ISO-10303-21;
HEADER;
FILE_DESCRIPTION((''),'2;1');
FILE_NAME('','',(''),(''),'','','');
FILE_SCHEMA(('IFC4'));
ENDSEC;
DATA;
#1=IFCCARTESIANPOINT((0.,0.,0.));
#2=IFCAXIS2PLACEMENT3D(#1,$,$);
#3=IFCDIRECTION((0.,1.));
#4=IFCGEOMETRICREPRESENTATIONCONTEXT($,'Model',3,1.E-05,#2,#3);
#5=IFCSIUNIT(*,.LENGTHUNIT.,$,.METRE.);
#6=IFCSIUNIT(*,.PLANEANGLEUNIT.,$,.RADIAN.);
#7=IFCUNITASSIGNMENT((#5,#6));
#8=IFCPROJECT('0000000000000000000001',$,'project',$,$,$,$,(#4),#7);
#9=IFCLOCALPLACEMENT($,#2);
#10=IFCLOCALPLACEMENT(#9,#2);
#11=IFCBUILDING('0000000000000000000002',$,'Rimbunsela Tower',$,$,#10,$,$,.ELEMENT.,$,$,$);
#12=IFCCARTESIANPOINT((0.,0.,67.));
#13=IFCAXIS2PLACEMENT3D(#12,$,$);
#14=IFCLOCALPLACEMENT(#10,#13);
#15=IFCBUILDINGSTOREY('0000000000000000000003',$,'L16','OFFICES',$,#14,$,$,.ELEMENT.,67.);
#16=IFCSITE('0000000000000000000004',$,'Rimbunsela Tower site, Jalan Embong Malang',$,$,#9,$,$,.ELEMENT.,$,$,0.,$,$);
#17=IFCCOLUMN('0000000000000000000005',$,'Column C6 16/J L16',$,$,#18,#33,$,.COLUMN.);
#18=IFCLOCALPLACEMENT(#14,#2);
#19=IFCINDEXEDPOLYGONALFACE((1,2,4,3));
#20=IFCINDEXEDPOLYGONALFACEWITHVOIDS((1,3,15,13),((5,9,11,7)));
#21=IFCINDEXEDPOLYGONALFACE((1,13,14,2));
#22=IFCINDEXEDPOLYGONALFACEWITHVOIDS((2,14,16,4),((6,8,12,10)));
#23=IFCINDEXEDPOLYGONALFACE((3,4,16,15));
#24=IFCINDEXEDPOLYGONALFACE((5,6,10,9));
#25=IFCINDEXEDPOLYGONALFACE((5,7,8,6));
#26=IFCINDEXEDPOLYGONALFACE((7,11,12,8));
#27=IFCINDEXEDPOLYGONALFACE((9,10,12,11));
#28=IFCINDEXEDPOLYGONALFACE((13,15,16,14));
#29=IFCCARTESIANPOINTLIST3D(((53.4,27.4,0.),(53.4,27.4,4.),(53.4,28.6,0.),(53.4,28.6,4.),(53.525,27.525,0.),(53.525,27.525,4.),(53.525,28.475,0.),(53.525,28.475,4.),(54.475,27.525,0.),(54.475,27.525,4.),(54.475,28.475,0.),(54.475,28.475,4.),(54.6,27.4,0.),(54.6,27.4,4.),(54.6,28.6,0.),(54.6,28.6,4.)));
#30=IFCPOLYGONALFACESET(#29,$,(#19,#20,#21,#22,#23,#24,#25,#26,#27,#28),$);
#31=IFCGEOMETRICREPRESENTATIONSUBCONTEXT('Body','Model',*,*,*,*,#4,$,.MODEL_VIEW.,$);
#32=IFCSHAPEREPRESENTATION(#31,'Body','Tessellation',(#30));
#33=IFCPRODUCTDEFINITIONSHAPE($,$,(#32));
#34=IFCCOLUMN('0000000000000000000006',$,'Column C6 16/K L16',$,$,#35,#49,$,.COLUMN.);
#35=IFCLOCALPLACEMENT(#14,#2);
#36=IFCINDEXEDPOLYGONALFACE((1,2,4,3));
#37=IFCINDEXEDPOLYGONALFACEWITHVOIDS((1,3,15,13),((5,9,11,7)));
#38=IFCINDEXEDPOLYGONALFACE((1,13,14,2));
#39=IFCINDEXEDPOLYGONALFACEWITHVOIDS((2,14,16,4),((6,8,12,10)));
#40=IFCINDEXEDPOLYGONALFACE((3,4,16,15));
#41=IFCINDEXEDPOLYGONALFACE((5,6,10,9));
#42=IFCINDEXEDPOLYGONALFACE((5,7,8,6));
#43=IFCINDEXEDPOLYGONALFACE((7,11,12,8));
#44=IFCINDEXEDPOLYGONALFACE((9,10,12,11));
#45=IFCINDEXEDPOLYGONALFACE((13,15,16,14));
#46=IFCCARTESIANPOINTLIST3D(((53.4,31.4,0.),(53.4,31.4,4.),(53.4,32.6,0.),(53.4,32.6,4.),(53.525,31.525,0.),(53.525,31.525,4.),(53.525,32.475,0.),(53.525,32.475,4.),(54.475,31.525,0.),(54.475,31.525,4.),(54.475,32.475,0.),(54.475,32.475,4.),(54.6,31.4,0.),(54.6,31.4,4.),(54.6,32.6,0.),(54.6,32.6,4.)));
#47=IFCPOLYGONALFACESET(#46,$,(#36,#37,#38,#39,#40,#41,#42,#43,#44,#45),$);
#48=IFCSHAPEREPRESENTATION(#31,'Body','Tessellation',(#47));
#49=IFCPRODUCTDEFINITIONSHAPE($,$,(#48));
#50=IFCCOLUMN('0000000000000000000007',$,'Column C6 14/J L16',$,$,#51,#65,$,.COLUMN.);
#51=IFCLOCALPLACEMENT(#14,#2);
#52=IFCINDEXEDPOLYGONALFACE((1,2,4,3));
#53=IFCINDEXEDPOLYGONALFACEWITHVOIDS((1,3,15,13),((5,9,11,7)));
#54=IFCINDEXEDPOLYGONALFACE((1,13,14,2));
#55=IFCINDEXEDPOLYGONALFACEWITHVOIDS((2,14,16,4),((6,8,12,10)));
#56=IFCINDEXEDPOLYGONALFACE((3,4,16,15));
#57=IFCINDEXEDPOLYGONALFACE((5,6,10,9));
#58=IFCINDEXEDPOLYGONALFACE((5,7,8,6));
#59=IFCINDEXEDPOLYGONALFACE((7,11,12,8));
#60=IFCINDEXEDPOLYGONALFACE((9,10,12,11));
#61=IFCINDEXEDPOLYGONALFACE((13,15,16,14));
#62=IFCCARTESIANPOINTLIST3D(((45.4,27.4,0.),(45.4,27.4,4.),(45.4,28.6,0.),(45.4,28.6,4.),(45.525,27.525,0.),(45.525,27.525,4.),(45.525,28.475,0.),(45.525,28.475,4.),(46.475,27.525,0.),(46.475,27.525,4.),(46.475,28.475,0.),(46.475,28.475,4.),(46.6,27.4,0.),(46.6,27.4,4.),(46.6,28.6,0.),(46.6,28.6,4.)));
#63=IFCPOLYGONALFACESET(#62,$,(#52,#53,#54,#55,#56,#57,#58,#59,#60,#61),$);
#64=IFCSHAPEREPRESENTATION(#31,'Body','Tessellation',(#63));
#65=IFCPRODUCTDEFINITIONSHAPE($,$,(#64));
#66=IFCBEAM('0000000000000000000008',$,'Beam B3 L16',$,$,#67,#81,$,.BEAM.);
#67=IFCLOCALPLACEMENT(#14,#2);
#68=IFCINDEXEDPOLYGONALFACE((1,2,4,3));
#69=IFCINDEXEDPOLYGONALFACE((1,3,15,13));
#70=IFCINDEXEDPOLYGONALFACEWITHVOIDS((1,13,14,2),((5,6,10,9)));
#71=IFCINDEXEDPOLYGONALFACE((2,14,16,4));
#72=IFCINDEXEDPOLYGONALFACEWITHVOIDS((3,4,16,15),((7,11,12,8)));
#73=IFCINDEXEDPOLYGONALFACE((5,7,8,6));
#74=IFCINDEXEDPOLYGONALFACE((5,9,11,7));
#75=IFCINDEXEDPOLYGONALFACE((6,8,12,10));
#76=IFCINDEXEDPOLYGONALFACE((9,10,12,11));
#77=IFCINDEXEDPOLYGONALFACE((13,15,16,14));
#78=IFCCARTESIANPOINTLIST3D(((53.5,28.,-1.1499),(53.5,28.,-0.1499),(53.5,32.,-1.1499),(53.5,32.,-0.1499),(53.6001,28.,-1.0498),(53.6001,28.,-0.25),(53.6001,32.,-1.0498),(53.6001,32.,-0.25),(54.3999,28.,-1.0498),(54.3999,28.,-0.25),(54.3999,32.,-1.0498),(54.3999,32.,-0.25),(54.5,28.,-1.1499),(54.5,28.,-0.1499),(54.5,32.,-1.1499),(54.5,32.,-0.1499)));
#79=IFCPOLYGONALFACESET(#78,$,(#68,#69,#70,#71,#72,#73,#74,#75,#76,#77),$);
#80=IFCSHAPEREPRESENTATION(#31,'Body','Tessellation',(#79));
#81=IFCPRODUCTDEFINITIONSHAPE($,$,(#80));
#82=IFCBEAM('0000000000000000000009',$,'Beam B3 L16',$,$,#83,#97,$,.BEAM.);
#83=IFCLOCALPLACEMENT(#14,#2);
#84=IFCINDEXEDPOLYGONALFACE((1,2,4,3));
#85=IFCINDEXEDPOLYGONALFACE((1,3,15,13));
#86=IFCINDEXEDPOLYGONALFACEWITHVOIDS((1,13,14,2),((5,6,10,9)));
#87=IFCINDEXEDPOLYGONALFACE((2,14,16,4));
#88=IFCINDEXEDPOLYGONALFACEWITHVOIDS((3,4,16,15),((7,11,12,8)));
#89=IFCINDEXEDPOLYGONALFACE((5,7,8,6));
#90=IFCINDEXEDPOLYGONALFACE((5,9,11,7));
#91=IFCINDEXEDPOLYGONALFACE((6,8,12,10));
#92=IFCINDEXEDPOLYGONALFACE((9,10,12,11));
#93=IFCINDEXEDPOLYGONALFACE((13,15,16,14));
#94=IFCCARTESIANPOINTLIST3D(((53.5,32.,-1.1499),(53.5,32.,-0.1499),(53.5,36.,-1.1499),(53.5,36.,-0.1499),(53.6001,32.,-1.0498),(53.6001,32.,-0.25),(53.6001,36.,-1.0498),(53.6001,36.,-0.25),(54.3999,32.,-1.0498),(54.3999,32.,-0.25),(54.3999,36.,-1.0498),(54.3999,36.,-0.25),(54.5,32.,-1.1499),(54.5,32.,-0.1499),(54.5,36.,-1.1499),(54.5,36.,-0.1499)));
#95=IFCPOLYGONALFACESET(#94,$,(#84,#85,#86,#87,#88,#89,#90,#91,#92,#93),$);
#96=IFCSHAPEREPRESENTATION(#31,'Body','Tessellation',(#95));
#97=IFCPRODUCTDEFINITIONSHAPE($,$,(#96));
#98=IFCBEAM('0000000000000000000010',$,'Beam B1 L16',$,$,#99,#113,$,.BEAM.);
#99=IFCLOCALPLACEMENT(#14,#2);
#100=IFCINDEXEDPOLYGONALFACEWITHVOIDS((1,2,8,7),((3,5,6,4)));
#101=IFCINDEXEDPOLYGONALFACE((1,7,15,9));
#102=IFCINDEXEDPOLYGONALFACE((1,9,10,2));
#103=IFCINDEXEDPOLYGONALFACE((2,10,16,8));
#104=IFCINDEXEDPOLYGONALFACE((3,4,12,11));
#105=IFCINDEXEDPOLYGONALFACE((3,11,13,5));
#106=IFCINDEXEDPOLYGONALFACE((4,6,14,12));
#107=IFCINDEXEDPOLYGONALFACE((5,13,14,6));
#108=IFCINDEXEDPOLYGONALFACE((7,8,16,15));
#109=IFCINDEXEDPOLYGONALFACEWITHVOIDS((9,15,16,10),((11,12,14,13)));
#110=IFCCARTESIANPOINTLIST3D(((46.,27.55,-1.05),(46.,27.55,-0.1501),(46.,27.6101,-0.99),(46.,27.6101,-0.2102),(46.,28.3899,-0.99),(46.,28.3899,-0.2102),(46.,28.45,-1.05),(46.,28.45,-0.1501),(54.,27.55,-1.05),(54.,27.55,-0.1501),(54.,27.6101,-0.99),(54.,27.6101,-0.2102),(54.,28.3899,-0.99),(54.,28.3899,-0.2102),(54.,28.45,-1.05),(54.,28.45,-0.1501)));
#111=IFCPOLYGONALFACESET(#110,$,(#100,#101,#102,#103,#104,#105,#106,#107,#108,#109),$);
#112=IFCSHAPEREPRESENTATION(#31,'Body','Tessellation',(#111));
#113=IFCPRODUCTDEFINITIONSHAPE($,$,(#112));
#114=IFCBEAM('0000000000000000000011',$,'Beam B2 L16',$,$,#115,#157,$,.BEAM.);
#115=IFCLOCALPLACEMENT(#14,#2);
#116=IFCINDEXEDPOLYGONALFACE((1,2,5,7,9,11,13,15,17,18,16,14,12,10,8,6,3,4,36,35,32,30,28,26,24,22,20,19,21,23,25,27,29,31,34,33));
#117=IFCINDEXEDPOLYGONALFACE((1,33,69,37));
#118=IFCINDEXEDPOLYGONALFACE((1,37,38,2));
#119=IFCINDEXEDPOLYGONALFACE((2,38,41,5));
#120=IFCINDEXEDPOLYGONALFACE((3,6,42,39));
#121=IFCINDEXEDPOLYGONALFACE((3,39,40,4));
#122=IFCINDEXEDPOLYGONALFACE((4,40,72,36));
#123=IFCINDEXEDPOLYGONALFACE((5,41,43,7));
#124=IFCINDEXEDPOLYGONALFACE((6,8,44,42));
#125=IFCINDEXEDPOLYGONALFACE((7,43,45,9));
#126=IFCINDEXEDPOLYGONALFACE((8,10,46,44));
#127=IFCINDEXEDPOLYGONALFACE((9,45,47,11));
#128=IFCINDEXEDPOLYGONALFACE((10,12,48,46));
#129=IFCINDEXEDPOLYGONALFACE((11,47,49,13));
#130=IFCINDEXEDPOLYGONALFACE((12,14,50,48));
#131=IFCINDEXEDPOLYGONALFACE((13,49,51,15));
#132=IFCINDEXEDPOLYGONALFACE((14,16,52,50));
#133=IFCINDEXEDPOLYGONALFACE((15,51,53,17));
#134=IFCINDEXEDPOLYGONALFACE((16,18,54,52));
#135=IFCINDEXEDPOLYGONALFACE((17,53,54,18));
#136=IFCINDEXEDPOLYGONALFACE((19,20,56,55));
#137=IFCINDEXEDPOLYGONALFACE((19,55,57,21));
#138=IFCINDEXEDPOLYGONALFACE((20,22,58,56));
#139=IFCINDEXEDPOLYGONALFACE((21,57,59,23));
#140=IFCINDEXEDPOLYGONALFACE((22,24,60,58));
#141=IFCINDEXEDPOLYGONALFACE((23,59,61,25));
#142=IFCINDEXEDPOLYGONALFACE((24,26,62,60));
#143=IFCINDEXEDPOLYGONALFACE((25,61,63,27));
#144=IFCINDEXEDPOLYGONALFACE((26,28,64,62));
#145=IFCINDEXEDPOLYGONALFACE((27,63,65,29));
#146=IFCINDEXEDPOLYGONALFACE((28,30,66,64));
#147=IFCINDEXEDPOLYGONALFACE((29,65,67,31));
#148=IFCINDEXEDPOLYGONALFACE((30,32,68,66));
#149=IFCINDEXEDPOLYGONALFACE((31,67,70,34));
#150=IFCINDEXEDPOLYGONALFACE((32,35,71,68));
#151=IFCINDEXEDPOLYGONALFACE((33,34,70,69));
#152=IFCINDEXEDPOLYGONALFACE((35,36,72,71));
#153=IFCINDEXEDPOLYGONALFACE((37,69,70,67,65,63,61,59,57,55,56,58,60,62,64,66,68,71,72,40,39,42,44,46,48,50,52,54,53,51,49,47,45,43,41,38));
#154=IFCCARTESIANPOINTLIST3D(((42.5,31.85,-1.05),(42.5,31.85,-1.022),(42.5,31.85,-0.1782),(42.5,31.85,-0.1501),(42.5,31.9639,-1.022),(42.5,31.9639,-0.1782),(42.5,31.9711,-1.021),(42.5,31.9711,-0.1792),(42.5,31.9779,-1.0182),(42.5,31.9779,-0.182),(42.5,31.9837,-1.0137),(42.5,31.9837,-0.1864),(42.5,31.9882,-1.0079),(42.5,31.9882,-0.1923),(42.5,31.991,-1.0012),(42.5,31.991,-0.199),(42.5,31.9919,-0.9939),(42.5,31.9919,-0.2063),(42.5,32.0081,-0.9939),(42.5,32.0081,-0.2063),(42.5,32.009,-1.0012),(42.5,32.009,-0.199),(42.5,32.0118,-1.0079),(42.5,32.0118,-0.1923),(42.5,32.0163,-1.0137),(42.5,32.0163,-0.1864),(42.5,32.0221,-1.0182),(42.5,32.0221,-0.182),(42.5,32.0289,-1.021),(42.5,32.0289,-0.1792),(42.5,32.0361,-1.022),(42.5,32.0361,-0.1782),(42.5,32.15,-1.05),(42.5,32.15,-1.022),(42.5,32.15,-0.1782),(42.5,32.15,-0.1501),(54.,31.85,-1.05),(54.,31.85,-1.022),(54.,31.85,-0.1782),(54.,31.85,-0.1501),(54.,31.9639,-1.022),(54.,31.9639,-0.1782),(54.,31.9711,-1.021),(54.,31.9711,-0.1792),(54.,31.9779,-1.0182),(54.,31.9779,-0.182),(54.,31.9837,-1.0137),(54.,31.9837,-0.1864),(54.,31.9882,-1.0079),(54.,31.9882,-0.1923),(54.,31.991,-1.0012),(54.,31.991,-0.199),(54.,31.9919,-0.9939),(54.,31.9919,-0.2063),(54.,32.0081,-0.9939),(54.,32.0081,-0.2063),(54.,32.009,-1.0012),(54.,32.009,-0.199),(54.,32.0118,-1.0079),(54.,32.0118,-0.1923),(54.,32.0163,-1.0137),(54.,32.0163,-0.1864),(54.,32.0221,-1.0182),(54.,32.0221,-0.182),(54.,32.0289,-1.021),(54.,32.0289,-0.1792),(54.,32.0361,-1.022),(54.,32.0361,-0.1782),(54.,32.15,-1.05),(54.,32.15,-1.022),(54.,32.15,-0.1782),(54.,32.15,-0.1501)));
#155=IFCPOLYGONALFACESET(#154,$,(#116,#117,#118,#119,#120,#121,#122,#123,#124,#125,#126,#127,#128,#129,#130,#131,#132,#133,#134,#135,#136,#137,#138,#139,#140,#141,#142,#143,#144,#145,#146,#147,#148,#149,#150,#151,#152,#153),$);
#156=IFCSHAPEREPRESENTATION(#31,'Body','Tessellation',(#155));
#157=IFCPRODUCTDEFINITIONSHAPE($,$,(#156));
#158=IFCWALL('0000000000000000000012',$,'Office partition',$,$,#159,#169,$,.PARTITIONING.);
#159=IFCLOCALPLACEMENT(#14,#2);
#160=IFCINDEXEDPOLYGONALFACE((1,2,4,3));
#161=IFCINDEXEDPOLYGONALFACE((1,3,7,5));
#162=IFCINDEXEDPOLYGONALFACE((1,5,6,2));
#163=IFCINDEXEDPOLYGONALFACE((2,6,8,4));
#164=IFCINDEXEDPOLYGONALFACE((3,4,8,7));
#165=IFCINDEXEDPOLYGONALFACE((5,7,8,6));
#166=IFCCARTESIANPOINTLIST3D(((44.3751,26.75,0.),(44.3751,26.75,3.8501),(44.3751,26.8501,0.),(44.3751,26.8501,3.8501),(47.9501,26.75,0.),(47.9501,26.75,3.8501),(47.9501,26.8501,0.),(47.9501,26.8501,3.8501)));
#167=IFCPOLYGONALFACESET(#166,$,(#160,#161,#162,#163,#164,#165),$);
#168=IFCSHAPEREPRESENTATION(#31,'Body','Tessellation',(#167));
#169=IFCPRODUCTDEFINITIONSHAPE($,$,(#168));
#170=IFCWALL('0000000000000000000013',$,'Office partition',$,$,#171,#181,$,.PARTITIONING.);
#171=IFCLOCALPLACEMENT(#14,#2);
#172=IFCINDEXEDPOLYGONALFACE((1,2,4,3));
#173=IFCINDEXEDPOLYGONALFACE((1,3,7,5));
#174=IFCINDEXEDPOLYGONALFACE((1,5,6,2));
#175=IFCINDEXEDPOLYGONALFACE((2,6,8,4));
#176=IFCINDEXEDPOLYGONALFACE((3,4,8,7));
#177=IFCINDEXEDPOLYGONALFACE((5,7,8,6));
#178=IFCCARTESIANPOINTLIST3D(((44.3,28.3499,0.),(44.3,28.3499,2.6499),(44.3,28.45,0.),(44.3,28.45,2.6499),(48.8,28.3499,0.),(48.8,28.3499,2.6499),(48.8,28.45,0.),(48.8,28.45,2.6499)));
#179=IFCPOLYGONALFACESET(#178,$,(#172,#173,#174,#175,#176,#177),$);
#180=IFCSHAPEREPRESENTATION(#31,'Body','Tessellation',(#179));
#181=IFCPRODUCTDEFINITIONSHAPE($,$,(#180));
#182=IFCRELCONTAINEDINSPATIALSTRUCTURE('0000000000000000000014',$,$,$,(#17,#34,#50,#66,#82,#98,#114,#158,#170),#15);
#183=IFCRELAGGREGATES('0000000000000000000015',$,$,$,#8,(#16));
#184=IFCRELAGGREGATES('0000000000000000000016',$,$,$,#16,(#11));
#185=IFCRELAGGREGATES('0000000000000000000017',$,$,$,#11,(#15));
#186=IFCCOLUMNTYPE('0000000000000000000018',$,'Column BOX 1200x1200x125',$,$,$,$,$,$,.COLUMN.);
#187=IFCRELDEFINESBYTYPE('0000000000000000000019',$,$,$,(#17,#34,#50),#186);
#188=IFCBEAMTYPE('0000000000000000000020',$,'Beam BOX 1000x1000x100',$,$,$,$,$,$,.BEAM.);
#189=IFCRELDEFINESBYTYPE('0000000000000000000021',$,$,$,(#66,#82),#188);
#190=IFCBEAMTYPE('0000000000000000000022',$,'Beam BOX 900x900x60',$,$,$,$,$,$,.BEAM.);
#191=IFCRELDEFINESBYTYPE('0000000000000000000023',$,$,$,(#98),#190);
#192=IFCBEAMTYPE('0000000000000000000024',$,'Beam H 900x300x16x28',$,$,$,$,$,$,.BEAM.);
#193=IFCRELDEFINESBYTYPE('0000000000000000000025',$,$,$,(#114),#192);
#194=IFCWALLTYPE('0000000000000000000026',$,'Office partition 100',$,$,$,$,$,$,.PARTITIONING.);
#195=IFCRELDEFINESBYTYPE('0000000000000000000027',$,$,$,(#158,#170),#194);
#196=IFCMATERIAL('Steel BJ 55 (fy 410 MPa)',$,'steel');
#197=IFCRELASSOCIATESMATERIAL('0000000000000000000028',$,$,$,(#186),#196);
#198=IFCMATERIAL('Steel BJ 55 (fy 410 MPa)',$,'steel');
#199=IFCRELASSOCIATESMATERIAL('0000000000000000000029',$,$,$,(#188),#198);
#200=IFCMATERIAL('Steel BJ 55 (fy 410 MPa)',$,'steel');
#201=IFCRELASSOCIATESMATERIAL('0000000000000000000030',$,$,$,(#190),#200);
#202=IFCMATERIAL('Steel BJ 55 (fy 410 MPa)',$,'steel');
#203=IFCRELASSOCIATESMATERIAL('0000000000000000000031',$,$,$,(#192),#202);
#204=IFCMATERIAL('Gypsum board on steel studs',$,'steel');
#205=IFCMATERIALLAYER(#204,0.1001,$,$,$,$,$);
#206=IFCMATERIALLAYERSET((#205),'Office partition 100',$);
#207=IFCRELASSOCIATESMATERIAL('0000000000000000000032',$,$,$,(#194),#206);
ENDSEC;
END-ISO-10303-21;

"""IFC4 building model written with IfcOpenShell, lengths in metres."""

from ifc_helpers import new_model, si_unit, direction, frame, frame_2d, origin, origin_2d, place, context, subcontext, project, spatial, rectangle, hollow_rectangle, i_section, extrude, material, layer, layer_set, material_profile, profile_set, type_object, element, save


model = new_model("IFC4")

# Units and contexts
model_context = context("Model", 3, precision=1e-05, world=origin(), true_north=direction((0.0, 1.0)))
body_context = subcontext(model_context, "Body", "Model", "MODEL_VIEW")
ifc_project = project(units=[si_unit("LENGTHUNIT", "METRE"), si_unit("PLANEANGLEUNIT", "RADIAN")], contexts=[model_context])

# Site, building, storey
site_placement = place(None, origin())
site = spatial("IfcSite", under=ifc_project, at=site_placement, Name="Rimbunsela Tower site, Jalan Embong Malang", CompositionType="ELEMENT", RefElevation=0.0)
building_placement = place(site_placement, origin())
building = spatial("IfcBuilding", under=site, at=building_placement, Name="Rimbunsela Tower", CompositionType="ELEMENT")
storey_placement = place(building_placement, frame((0.0, 0.0, 67.0)))
storey = spatial("IfcBuildingStorey", under=building, at=storey_placement, Name="L16", Description="OFFICES", CompositionType="ELEMENT", Elevation=67.0)

# Columns
ifc_material_1 = material(Name="Steel BJ 55 (fy 410 MPa)", Category="steel")
ifc_material_profile_1 = material_profile(ifc_material_1, hollow_rectangle(XDim=1.2, YDim=1.2, WallThickness=0.125, at=origin_2d()), Name="BOX 1200x1200x125")
ifc_profile_set_1 = profile_set([ifc_material_profile_1], Name="Steel BJ 55 (fy 410 MPa)")
column_type = type_object("IfcColumnType", Name="Column BOX 1200x1200x125", PredefinedType="COLUMN", material=ifc_profile_set_1)
for number, where, z_axis, x_axis, name in (
    (1, (54.0, 28.0, 0.0), (0.0, 0.0, 1.0), (1.0, 0.0, 0.0), "Column C6 16/J L16"),
    (2, (54.0, 32.0, 0.0), (0.0, 0.0, 1.0), (1.0, 0.0, 0.0), "Column C6 16/K L16"),
    (3, (46.0, 28.0, 0.0), (0.0, 0.0, 1.0), (1.0, 0.0, 0.0), "Column C6 14/J L16"),
):
    element("IfcColumn", number, at=place(storey_placement, frame(where, z_axis=z_axis, x_axis=x_axis)), inside=storey, type_object=column_type, Name=name, PredefinedType="COLUMN", context=body_context, shape_type="SweptSolid", body=[
        extrude(hollow_rectangle(XDim=1.2, YDim=1.2, WallThickness=0.125, at=origin_2d()), origin(), (0.0, 0.0, 1.0), 4.0),
    ])

# Beams
ifc_material_2 = material(Name="Steel BJ 55 (fy 410 MPa)", Category="steel")
ifc_material_profile_2 = material_profile(ifc_material_2, hollow_rectangle(XDim=1.0, YDim=1.0, WallThickness=0.1001, at=origin_2d()), Name="BOX 1000x1000x100")
ifc_profile_set_2 = profile_set([ifc_material_profile_2], Name="Steel BJ 55 (fy 410 MPa)")
beam_type_1 = type_object("IfcBeamType", Name="Beam BOX 1000x1000x100", PredefinedType="BEAM", material=ifc_profile_set_2)
for number, where, z_axis, x_axis, name in (
    (4, (54.0, 28.0, -0.6499), (0.0, 1.0, 0.0), (-1.0, 0.0, 0.0), "Beam B3 L16"),
    (5, (54.0, 32.0, -0.6499), (0.0, 1.0, 0.0), (-1.0, 0.0, 0.0), "Beam B3 L16"),
):
    element("IfcBeam", number, at=place(storey_placement, frame(where, z_axis=z_axis, x_axis=x_axis)), inside=storey, type_object=beam_type_1, Name=name, PredefinedType="BEAM", context=body_context, shape_type="SweptSolid", body=[
        extrude(hollow_rectangle(XDim=1.0, YDim=1.0, WallThickness=0.1001, at=origin_2d()), origin(), (0.0, 0.0, 1.0), 4.0),
    ])
ifc_material_3 = material(Name="Steel BJ 55 (fy 410 MPa)", Category="steel")
ifc_material_profile_3 = material_profile(ifc_material_3, hollow_rectangle(XDim=0.8999, YDim=0.8999, WallThickness=0.0601, at=origin_2d()), Name="BOX 900x900x60")
ifc_profile_set_3 = profile_set([ifc_material_profile_3], Name="Steel BJ 55 (fy 410 MPa)")
beam_type_2 = type_object("IfcBeamType", Name="Beam BOX 900x900x60", PredefinedType="BEAM", material=ifc_profile_set_3)
beam_1_placement = place(storey_placement, frame((46.0, 28.0, -0.6001), z_axis=(1.0, 0.0, 0.0), x_axis=(0.0, 1.0, 0.0)))
element("IfcBeam", 6, at=beam_1_placement, inside=storey, type_object=beam_type_2, Name="Beam B1 L16", PredefinedType="BEAM", context=body_context, shape_type="SweptSolid", body=[
    extrude(hollow_rectangle(XDim=0.8999, YDim=0.8999, WallThickness=0.0601, at=origin_2d()), origin(), (0.0, 0.0, 1.0), 8.0),
])
ifc_material_4 = material(Name="Steel BJ 55 (fy 410 MPa)", Category="steel")
ifc_material_profile_4 = material_profile(ifc_material_4, i_section(OverallWidth=0.3, OverallDepth=0.8999, WebThickness=0.0161, FlangeThickness=0.0281, FilletRadius=0.0281, at=origin_2d()), Name="H 900x300x16x28")
ifc_profile_set_4 = profile_set([ifc_material_profile_4], Name="Steel BJ 55 (fy 410 MPa)")
beam_type_3 = type_object("IfcBeamType", Name="Beam H 900x300x16x28", PredefinedType="BEAM", material=ifc_profile_set_4)
beam_2_placement = place(storey_placement, frame((42.5, 32.0, -0.6001), z_axis=(1.0, 0.0, 0.0), x_axis=(0.0, 1.0, 0.0)))
element("IfcBeam", 7, at=beam_2_placement, inside=storey, type_object=beam_type_3, Name="Beam B2 L16", PredefinedType="BEAM", context=body_context, shape_type="SweptSolid", body=[
    extrude(i_section(OverallWidth=0.3, OverallDepth=0.8999, WebThickness=0.0161, FlangeThickness=0.0281, FilletRadius=0.0281, at=origin_2d()), origin(), (0.0, 0.0, 1.0), 11.5),
])

# Walls
ifc_material_5 = material(Name="Gypsum board on steel studs", Category="steel")
ifc_layer_1 = layer(ifc_material_5, 0.1001)
ifc_layer_set_1 = layer_set([ifc_layer_1], Name="Office partition 100")
wall_type_1 = type_object("IfcWallType", Name="Office partition 100", PredefinedType="PARTITIONING", material=ifc_layer_set_1)
wall_1_placement = place(storey_placement, frame((44.375, 26.8, 0.0), z_axis=(0.0, 0.0, 1.0), x_axis=(1.0, 0.0, 0.0)))
element("IfcWall", 8, at=wall_1_placement, inside=storey, type_object=wall_type_1, Name="Office partition", PredefinedType="PARTITIONING", context=body_context, shape_type="SweptSolid", body=[
    extrude(rectangle(XDim=3.575, YDim=0.1001, at=frame_2d((1.7876, 0.0))), origin(), (0.0, 0.0, 1.0), 3.8501),
])
wall_2_placement = place(storey_placement, frame((44.3, 28.3999, 0.0), z_axis=(0.0, 0.0, 1.0), x_axis=(1.0, 0.0, 0.0)))
element("IfcWall", 9, at=wall_2_placement, inside=storey, type_object=wall_type_1, Name="Office partition", PredefinedType="PARTITIONING", context=body_context, shape_type="SweptSolid", body=[
    extrude(rectangle(XDim=4.5, YDim=0.1001, at=frame_2d((2.25, 0.0))), origin(), (0.0, 0.0, 1.0), 2.6499),
])

save(model, "model.ifc")
